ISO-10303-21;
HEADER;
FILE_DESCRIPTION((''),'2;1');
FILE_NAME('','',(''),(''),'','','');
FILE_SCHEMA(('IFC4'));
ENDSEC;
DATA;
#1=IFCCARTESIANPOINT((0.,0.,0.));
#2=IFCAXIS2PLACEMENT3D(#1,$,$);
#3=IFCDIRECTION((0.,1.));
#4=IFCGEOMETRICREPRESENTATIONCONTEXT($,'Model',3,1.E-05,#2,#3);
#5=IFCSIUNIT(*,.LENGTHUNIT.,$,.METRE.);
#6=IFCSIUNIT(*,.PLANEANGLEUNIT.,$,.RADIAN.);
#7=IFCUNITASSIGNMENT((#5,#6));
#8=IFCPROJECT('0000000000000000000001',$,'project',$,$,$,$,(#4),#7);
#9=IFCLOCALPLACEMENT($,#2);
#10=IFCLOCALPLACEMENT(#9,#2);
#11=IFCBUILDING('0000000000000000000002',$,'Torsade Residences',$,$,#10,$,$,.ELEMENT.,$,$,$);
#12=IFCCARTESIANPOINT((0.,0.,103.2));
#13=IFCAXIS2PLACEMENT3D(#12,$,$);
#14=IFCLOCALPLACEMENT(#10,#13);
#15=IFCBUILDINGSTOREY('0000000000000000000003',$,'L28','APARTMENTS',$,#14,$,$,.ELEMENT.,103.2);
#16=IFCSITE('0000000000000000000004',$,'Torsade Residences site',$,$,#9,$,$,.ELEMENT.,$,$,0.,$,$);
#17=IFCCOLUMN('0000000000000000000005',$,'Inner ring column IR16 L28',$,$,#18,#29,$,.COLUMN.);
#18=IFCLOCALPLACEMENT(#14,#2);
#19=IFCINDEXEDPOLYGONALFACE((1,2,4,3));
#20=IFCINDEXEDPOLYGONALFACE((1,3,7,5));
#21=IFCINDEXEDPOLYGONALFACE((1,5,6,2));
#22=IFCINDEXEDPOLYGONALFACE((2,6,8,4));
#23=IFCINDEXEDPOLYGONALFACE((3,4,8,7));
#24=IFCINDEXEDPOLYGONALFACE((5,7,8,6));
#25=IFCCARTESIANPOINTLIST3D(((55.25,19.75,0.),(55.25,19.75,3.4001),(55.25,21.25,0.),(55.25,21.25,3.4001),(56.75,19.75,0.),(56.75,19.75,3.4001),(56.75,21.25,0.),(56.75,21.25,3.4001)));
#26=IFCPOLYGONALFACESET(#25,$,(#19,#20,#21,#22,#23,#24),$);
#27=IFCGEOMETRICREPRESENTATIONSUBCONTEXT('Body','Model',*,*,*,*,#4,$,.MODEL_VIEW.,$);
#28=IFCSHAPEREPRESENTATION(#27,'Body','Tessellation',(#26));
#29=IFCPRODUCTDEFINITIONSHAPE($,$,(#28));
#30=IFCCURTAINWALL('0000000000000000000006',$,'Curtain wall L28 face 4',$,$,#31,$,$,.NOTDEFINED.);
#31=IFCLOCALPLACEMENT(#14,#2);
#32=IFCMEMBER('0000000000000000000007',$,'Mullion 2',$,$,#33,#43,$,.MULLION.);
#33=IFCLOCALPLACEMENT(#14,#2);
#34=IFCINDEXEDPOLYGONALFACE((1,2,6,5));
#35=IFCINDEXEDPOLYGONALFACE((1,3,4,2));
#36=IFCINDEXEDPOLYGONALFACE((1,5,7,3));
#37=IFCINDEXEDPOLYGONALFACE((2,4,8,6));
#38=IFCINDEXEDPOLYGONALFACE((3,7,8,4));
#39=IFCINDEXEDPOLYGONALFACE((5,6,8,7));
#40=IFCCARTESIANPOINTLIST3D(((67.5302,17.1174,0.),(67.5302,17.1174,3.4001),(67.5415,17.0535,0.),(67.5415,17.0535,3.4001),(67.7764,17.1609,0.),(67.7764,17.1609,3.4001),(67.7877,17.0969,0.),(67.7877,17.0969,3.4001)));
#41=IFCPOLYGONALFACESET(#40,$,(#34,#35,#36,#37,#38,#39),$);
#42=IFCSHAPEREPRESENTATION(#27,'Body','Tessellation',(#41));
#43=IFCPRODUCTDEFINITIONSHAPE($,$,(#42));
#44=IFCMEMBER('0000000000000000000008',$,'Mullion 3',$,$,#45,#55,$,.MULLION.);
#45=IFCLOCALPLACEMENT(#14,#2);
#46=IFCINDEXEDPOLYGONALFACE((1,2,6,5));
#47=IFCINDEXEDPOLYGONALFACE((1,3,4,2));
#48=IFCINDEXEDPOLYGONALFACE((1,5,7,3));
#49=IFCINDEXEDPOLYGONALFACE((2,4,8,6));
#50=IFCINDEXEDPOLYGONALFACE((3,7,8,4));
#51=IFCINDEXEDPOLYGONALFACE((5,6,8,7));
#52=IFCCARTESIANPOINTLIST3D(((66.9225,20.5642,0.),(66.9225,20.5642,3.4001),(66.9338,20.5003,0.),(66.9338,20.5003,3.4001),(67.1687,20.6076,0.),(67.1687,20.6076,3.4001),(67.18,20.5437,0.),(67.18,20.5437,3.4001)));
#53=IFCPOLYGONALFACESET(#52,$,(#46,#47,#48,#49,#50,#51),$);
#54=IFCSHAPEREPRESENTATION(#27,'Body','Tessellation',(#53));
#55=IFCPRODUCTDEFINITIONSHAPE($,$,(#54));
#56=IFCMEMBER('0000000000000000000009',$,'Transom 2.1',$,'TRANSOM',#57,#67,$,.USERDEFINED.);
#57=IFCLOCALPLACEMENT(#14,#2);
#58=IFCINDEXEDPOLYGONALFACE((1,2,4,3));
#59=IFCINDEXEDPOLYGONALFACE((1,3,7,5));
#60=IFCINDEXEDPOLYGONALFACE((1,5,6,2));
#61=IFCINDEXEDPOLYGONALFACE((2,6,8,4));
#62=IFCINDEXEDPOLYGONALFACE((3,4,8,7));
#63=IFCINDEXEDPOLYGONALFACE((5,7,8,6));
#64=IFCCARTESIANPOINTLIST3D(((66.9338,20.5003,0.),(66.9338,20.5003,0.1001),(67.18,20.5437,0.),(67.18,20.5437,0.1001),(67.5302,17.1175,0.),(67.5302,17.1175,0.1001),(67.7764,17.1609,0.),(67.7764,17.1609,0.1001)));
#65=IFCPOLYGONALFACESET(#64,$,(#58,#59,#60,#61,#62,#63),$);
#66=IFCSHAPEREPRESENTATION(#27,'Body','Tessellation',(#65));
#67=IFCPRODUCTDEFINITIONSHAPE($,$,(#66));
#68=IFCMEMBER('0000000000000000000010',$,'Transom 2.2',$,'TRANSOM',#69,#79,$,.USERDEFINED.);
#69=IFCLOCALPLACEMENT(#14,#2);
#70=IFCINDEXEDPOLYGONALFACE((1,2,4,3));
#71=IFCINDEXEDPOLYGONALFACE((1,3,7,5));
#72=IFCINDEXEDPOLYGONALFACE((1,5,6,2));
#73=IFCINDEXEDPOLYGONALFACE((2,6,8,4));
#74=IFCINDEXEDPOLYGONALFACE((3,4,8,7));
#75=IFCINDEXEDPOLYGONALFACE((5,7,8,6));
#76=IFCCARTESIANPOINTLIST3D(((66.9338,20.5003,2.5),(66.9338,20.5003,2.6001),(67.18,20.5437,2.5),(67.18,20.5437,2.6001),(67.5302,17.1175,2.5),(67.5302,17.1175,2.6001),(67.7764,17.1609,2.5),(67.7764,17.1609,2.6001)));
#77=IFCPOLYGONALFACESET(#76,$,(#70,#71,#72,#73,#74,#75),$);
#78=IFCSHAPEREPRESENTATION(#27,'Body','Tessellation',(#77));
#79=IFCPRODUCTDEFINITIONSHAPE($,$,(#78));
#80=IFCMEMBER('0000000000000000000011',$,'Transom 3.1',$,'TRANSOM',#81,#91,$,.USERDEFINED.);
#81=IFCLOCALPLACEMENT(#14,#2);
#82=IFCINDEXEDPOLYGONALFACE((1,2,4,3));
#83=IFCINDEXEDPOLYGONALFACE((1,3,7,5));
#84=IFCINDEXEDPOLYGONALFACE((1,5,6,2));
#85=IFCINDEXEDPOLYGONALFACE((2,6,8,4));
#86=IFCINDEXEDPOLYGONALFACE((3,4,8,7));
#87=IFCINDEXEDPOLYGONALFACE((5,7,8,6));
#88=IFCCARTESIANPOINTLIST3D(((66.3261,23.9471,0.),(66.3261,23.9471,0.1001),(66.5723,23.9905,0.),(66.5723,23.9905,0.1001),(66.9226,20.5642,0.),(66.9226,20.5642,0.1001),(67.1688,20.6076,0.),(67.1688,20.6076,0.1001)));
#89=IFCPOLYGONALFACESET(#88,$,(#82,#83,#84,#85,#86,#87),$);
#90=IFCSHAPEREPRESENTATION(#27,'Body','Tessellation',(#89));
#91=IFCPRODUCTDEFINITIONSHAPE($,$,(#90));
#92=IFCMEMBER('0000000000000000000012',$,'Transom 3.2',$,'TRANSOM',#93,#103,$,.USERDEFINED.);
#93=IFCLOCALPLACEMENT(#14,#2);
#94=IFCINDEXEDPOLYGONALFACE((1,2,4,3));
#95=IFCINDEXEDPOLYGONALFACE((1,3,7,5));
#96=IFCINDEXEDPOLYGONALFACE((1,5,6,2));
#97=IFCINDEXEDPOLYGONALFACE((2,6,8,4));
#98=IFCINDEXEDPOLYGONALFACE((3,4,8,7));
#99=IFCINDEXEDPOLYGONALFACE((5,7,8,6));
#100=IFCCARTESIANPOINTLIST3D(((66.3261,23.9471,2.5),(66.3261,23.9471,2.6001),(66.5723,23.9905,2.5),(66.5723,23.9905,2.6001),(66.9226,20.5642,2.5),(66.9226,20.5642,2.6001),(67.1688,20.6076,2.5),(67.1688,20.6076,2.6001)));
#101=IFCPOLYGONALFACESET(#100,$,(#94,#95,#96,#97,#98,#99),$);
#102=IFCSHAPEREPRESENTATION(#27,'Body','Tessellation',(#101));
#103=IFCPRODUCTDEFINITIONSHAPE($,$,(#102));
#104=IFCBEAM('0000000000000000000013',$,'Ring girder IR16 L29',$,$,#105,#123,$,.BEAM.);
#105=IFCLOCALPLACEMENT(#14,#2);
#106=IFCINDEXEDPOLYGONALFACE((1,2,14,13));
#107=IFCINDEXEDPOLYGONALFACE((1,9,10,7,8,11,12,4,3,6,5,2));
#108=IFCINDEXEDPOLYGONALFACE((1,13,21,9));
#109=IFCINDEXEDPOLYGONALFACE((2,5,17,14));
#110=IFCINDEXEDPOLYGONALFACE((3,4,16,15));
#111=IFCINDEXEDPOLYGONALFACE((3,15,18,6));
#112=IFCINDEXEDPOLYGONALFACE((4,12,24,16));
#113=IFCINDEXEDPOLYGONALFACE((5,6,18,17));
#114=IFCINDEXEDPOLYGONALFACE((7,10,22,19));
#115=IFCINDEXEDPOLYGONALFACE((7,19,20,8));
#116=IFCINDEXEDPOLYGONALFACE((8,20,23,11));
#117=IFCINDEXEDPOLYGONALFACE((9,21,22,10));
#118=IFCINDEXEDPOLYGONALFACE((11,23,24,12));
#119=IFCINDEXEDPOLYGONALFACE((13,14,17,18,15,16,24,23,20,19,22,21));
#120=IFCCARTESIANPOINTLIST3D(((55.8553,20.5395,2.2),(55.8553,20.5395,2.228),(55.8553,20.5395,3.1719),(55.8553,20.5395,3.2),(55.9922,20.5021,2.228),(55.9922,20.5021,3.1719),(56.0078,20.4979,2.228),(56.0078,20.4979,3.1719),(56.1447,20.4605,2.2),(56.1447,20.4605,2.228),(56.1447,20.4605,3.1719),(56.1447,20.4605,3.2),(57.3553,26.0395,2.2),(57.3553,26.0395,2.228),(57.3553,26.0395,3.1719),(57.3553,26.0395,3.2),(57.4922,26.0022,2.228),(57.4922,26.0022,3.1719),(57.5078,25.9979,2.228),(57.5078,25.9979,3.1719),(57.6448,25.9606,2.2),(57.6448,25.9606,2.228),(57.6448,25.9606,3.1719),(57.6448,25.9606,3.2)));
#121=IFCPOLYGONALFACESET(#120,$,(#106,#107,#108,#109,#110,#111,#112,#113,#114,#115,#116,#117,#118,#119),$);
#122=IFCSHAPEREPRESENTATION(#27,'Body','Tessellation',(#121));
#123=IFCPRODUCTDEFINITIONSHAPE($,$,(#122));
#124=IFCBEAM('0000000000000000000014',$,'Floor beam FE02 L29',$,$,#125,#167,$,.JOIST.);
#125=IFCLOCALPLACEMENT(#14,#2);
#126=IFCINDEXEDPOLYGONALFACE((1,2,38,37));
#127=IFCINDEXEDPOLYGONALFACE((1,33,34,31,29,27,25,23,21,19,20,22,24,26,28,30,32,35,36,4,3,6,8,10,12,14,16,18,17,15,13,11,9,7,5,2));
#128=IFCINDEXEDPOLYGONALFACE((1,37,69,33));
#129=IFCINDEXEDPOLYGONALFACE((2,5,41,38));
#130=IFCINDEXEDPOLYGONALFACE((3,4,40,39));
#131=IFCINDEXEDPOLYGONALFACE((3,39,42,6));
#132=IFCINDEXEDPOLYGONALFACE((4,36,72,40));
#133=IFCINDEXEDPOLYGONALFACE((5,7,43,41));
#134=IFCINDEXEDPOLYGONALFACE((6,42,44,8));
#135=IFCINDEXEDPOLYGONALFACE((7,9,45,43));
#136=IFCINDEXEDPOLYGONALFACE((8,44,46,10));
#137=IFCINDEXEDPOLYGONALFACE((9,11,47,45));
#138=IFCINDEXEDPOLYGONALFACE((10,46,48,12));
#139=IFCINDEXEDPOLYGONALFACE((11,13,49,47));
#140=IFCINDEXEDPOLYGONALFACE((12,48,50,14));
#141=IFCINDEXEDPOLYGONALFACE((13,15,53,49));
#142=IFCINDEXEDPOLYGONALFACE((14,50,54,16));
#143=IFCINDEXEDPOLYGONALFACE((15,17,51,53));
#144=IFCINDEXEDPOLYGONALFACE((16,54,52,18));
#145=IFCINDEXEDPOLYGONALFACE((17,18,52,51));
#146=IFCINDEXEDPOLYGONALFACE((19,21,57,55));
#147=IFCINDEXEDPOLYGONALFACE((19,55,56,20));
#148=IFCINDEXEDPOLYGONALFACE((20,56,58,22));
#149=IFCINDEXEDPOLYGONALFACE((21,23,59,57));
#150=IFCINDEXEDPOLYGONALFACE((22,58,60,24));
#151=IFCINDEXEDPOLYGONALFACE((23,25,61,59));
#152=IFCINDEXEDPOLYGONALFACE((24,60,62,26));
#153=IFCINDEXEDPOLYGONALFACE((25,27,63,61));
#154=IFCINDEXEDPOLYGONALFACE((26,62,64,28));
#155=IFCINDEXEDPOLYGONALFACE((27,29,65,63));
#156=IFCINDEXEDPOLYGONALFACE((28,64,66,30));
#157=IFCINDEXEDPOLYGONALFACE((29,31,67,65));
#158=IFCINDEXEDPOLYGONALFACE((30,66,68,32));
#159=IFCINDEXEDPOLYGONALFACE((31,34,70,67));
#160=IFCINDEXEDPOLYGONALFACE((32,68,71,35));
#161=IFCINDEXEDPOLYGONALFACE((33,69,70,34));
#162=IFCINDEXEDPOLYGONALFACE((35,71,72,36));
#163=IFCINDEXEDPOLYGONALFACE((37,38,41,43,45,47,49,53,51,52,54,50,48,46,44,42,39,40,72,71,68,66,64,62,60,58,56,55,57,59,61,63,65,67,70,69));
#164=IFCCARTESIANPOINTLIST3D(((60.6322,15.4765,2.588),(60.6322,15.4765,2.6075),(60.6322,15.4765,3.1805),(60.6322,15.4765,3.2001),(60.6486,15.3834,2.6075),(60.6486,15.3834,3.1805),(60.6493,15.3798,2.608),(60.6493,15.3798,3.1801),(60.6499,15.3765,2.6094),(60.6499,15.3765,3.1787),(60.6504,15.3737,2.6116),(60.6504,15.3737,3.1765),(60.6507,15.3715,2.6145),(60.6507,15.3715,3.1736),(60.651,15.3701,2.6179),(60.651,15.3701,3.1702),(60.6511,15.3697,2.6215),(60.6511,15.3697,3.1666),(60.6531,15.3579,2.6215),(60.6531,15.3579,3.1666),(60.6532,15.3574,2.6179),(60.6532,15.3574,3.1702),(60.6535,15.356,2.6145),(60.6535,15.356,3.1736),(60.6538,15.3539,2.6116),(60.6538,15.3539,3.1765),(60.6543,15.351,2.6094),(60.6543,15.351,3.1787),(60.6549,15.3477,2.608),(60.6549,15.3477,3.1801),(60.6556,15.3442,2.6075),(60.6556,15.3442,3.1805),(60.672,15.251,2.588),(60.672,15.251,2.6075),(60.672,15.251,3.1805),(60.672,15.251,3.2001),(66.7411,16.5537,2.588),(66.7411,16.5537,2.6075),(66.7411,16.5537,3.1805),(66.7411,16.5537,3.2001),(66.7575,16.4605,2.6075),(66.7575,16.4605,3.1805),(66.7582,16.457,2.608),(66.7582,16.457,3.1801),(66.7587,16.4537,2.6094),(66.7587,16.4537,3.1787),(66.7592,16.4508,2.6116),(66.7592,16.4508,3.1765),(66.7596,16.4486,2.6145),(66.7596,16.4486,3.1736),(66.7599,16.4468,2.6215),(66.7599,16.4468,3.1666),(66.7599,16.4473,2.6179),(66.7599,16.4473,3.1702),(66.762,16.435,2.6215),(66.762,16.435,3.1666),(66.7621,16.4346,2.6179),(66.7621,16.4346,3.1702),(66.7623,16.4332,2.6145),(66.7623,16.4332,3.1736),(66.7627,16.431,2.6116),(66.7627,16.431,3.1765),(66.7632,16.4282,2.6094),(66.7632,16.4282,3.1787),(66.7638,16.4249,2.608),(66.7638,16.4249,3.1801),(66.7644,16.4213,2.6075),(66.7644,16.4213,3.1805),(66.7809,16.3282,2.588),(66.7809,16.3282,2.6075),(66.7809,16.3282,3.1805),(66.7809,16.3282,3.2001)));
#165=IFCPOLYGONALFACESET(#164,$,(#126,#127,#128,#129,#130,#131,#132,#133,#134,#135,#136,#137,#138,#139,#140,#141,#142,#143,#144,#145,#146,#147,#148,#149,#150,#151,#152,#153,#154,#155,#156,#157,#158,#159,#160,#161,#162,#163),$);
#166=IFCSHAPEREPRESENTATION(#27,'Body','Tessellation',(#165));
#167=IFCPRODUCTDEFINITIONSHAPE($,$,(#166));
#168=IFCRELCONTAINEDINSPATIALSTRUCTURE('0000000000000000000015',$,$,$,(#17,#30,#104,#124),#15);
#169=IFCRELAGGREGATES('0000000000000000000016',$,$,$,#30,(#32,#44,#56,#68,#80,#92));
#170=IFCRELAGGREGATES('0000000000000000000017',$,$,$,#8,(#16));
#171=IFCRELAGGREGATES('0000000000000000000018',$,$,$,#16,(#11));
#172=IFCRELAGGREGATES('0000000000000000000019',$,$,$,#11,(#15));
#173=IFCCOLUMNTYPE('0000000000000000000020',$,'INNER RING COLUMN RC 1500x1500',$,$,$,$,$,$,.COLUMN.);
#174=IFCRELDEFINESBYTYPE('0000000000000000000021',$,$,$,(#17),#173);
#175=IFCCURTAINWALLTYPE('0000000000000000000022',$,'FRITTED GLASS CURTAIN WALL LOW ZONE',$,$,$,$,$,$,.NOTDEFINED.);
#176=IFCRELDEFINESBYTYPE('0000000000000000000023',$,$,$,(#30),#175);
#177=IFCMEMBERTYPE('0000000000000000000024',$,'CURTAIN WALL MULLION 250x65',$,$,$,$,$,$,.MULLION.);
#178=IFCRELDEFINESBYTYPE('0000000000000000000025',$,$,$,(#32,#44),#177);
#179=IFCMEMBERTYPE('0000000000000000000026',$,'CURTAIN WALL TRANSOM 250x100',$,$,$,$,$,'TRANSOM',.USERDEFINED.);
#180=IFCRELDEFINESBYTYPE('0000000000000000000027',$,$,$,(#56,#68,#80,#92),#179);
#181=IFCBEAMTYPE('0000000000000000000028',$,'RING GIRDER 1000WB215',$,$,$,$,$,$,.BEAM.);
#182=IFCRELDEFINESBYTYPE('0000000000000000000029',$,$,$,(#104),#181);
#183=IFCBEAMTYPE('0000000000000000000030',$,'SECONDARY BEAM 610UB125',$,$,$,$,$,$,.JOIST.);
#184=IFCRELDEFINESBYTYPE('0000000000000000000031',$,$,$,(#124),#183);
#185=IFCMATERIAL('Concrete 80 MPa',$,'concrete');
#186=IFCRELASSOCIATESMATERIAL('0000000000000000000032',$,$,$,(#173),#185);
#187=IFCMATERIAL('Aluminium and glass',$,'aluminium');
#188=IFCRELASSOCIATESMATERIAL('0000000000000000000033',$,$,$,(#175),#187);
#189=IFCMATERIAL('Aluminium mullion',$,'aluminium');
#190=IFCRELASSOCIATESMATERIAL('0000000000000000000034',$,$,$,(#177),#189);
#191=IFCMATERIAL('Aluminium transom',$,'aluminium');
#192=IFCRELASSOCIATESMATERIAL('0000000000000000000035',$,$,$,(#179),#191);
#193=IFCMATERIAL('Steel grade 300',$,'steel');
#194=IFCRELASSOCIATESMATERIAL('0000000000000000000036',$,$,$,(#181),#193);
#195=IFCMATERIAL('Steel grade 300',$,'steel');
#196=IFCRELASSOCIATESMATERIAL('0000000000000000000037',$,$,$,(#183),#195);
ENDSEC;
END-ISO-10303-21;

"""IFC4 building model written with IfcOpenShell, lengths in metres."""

from ifc_helpers import new_model, si_unit, direction, frame, origin, origin_2d, place, context, subcontext, project, spatial, rectangle, i_section, extrude, material, material_profile, profile_set, type_object, element, aggregate, save


model = new_model("IFC4")

# Units and contexts
model_context = context("Model", 3, precision=1e-05, world=origin(), true_north=direction((0.0, 1.0)))
body_context = subcontext(model_context, "Body", "Model", "MODEL_VIEW")
ifc_project = project(units=[si_unit("LENGTHUNIT", "METRE"), si_unit("PLANEANGLEUNIT", "RADIAN")], contexts=[model_context])

# Site, building, storey
site_placement = place(None, origin())
site = spatial("IfcSite", under=ifc_project, at=site_placement, Name="Torsade Residences site", CompositionType="ELEMENT", RefElevation=0.0)
building_placement = place(site_placement, origin())
building = spatial("IfcBuilding", under=site, at=building_placement, Name="Torsade Residences", CompositionType="ELEMENT")
storey_placement = place(building_placement, frame((0.0, 0.0, 103.2)))
storey = spatial("IfcBuildingStorey", under=building, at=storey_placement, Name="L28", Description="APARTMENTS", CompositionType="ELEMENT", Elevation=103.2)

# Column
ifc_material_1 = material(Name="Concrete 80 MPa", Category="concrete")
ifc_material_profile_1 = material_profile(ifc_material_1, rectangle(XDim=1.5, YDim=1.5, at=origin_2d()), Name="RC 1500x1500")
ifc_profile_set_1 = profile_set([ifc_material_profile_1], Name="Concrete 80 MPa")
column_type = type_object("IfcColumnType", Name="INNER RING COLUMN RC 1500x1500", PredefinedType="COLUMN", material=ifc_profile_set_1)
column_placement = place(storey_placement, frame((56.0, 20.5, 0.0), z_axis=(0.0, 0.0, 1.0), x_axis=(1.0, 0.0, 0.0)))
element("IfcColumn", 1, at=column_placement, inside=storey, type_object=column_type, Name="Inner ring column IR16 L28", PredefinedType="COLUMN", context=body_context, shape_type="SweptSolid", body=[
    extrude(rectangle(XDim=1.5, YDim=1.5, at=origin_2d()), origin(), (0.0, 0.0, 1.0), 3.4001),
])

# Curtain wall, members
ifc_material_2 = material(Name="Aluminium and glass", Category="aluminium")
curtain_wall_type = type_object("IfcCurtainWallType", Name="FRITTED GLASS CURTAIN WALL LOW ZONE", PredefinedType="NOTDEFINED", material=ifc_material_2)
curtain_wall_placement = place(storey_placement, origin())
curtain_wall = element("IfcCurtainWall", 2, at=curtain_wall_placement, inside=storey, type_object=curtain_wall_type, Name="Curtain wall L28 face 4", PredefinedType="NOTDEFINED")
ifc_material_3 = material(Name="Aluminium mullion", Category="aluminium")
ifc_material_profile_2 = material_profile(ifc_material_3, rectangle(XDim=0.25, YDim=0.0649, at=origin_2d()), Name="CURTAIN WALL MULLION 250x65")
ifc_profile_set_2 = profile_set([ifc_material_profile_2], Name="Aluminium mullion")
member_type_1 = type_object("IfcMemberType", Name="CURTAIN WALL MULLION 250x65", PredefinedType="MULLION", material=ifc_profile_set_2)
member_1_placement = place(storey_placement, frame((67.6589, 17.1072, 0.0), z_axis=(0.0, 0.0, 1.0), x_axis=(-0.984808, -0.173648, 0.0)))
member_1 = element("IfcMember", 3, at=member_1_placement, type_object=member_type_1, Name="Mullion 2", PredefinedType="MULLION", context=body_context, shape_type="SweptSolid", body=[
    extrude(rectangle(XDim=0.25, YDim=0.0649, at=origin_2d()), origin(), (0.0, 0.0, 1.0), 3.4001),
])
member_2_placement = place(storey_placement, frame((67.0513, 20.554, 0.0), z_axis=(0.0, 0.0, 1.0), x_axis=(-0.984808, -0.173648, 0.0)))
member_2 = element("IfcMember", 4, at=member_2_placement, type_object=member_type_1, Name="Mullion 3", PredefinedType="MULLION", context=body_context, shape_type="SweptSolid", body=[
    extrude(rectangle(XDim=0.25, YDim=0.0649, at=origin_2d()), origin(), (0.0, 0.0, 1.0), 3.4001),
])
ifc_material_4 = material(Name="Aluminium transom", Category="aluminium")
ifc_material_profile_3 = material_profile(ifc_material_4, rectangle(XDim=0.25, YDim=0.1001, at=origin_2d()), Name="CURTAIN WALL TRANSOM 250x100")
ifc_profile_set_3 = profile_set([ifc_material_profile_3], Name="Aluminium transom")
member_type_2 = type_object("IfcMemberType", Name="CURTAIN WALL TRANSOM 250x100", ElementType="TRANSOM", PredefinedType="USERDEFINED", material=ifc_profile_set_3)
member_3_placement = place(storey_placement, frame((67.6533, 17.1392, 0.05), z_axis=(-0.173635, 0.98481, 0.0), x_axis=(-0.98481, -0.173635, 0.0)))
member_3 = element("IfcMember", 5, at=member_3_placement, type_object=member_type_2, Name="Transom 2.1", ObjectType="TRANSOM", PredefinedType="USERDEFINED", context=body_context, shape_type="SweptSolid", body=[
    extrude(rectangle(XDim=0.25, YDim=0.1001, at=origin_2d()), origin(), (0.0, 0.0, 1.0), 3.4351),
])
member_4_placement = place(storey_placement, frame((67.6533, 17.1392, 2.55), z_axis=(-0.173635, 0.98481, 0.0), x_axis=(-0.98481, -0.173635, 0.0)))
member_4 = element("IfcMember", 6, at=member_4_placement, type_object=member_type_2, Name="Transom 2.2", ObjectType="TRANSOM", PredefinedType="USERDEFINED", context=body_context, shape_type="SweptSolid", body=[
    extrude(rectangle(XDim=0.25, YDim=0.1001, at=origin_2d()), origin(), (0.0, 0.0, 1.0), 3.4351),
])
member_5_placement = place(storey_placement, frame((67.0457, 20.5859, 0.05), z_axis=(-0.173635, 0.98481, 0.0), x_axis=(-0.98481, -0.173635, 0.0)))
member_5 = element("IfcMember", 7, at=member_5_placement, type_object=member_type_2, Name="Transom 3.1", ObjectType="TRANSOM", PredefinedType="USERDEFINED", context=body_context, shape_type="SweptSolid", body=[
    extrude(rectangle(XDim=0.25, YDim=0.1001, at=origin_2d()), origin(), (0.0, 0.0, 1.0), 3.4351),
])
member_6_placement = place(storey_placement, frame((67.0457, 20.5859, 2.55), z_axis=(-0.173635, 0.98481, 0.0), x_axis=(-0.98481, -0.173635, 0.0)))
member_6 = element("IfcMember", 8, at=member_6_placement, type_object=member_type_2, Name="Transom 3.2", ObjectType="TRANSOM", PredefinedType="USERDEFINED", context=body_context, shape_type="SweptSolid", body=[
    extrude(rectangle(XDim=0.25, YDim=0.1001, at=origin_2d()), origin(), (0.0, 0.0, 1.0), 3.4351),
])

# Beams
ifc_material_5 = material(Name="Steel grade 300", Category="steel")
ifc_material_profile_4 = material_profile(ifc_material_5, i_section(OverallWidth=0.3, OverallDepth=1.0, WebThickness=0.0161, FlangeThickness=0.0281, at=origin_2d()), Name="1000WB215")
ifc_profile_set_4 = profile_set([ifc_material_profile_4], Name="Steel grade 300")
beam_type_1 = type_object("IfcBeamType", Name="RING GIRDER 1000WB215", PredefinedType="BEAM", material=ifc_profile_set_4)
beam_1_placement = place(storey_placement, frame((56.0, 20.5, 2.7), z_axis=(0.263117, 0.964764, 0.0), x_axis=(-0.964764, 0.263117, 0.0)))
element("IfcBeam", 9, at=beam_1_placement, inside=storey, type_object=beam_type_1, Name="Ring girder IR16 L29", PredefinedType="BEAM", context=body_context, shape_type="SweptSolid", body=[
    extrude(i_section(OverallWidth=0.3, OverallDepth=1.0, WebThickness=0.0161, FlangeThickness=0.0281, at=origin_2d()), origin(), (0.0, 0.0, 1.0), 5.7009),
])
ifc_material_6 = material(Name="Steel grade 300", Category="steel")
ifc_material_profile_5 = material_profile(ifc_material_6, i_section(OverallWidth=0.229, OverallDepth=0.6121, WebThickness=0.012, FlangeThickness=0.0195, FilletRadius=0.0139, at=origin_2d()), Name="610UB125")
ifc_profile_set_5 = profile_set([ifc_material_profile_5], Name="Steel grade 300")
beam_type_2 = type_object("IfcBeamType", Name="SECONDARY BEAM 610UB125", PredefinedType="JOIST", material=ifc_profile_set_5)
beam_2_placement = place(storey_placement, frame((66.761, 16.4409, 2.894), z_axis=(-0.984808, -0.173646, 0.0), x_axis=(0.173646, -0.984808, 0.0)))
element("IfcBeam", 10, at=beam_2_placement, inside=storey, type_object=beam_type_2, Name="Floor beam FE02 L29", PredefinedType="JOIST", context=body_context, shape_type="SweptSolid", body=[
    extrude(i_section(OverallWidth=0.229, OverallDepth=0.6121, WebThickness=0.012, FlangeThickness=0.0195, FilletRadius=0.0139, at=origin_2d()), origin(), (0.0, 0.0, 1.0), 6.2031),
])

aggregate(curtain_wall, [member_1, member_2, member_3, member_4, member_5, member_6])

save(model, "model.ifc")
